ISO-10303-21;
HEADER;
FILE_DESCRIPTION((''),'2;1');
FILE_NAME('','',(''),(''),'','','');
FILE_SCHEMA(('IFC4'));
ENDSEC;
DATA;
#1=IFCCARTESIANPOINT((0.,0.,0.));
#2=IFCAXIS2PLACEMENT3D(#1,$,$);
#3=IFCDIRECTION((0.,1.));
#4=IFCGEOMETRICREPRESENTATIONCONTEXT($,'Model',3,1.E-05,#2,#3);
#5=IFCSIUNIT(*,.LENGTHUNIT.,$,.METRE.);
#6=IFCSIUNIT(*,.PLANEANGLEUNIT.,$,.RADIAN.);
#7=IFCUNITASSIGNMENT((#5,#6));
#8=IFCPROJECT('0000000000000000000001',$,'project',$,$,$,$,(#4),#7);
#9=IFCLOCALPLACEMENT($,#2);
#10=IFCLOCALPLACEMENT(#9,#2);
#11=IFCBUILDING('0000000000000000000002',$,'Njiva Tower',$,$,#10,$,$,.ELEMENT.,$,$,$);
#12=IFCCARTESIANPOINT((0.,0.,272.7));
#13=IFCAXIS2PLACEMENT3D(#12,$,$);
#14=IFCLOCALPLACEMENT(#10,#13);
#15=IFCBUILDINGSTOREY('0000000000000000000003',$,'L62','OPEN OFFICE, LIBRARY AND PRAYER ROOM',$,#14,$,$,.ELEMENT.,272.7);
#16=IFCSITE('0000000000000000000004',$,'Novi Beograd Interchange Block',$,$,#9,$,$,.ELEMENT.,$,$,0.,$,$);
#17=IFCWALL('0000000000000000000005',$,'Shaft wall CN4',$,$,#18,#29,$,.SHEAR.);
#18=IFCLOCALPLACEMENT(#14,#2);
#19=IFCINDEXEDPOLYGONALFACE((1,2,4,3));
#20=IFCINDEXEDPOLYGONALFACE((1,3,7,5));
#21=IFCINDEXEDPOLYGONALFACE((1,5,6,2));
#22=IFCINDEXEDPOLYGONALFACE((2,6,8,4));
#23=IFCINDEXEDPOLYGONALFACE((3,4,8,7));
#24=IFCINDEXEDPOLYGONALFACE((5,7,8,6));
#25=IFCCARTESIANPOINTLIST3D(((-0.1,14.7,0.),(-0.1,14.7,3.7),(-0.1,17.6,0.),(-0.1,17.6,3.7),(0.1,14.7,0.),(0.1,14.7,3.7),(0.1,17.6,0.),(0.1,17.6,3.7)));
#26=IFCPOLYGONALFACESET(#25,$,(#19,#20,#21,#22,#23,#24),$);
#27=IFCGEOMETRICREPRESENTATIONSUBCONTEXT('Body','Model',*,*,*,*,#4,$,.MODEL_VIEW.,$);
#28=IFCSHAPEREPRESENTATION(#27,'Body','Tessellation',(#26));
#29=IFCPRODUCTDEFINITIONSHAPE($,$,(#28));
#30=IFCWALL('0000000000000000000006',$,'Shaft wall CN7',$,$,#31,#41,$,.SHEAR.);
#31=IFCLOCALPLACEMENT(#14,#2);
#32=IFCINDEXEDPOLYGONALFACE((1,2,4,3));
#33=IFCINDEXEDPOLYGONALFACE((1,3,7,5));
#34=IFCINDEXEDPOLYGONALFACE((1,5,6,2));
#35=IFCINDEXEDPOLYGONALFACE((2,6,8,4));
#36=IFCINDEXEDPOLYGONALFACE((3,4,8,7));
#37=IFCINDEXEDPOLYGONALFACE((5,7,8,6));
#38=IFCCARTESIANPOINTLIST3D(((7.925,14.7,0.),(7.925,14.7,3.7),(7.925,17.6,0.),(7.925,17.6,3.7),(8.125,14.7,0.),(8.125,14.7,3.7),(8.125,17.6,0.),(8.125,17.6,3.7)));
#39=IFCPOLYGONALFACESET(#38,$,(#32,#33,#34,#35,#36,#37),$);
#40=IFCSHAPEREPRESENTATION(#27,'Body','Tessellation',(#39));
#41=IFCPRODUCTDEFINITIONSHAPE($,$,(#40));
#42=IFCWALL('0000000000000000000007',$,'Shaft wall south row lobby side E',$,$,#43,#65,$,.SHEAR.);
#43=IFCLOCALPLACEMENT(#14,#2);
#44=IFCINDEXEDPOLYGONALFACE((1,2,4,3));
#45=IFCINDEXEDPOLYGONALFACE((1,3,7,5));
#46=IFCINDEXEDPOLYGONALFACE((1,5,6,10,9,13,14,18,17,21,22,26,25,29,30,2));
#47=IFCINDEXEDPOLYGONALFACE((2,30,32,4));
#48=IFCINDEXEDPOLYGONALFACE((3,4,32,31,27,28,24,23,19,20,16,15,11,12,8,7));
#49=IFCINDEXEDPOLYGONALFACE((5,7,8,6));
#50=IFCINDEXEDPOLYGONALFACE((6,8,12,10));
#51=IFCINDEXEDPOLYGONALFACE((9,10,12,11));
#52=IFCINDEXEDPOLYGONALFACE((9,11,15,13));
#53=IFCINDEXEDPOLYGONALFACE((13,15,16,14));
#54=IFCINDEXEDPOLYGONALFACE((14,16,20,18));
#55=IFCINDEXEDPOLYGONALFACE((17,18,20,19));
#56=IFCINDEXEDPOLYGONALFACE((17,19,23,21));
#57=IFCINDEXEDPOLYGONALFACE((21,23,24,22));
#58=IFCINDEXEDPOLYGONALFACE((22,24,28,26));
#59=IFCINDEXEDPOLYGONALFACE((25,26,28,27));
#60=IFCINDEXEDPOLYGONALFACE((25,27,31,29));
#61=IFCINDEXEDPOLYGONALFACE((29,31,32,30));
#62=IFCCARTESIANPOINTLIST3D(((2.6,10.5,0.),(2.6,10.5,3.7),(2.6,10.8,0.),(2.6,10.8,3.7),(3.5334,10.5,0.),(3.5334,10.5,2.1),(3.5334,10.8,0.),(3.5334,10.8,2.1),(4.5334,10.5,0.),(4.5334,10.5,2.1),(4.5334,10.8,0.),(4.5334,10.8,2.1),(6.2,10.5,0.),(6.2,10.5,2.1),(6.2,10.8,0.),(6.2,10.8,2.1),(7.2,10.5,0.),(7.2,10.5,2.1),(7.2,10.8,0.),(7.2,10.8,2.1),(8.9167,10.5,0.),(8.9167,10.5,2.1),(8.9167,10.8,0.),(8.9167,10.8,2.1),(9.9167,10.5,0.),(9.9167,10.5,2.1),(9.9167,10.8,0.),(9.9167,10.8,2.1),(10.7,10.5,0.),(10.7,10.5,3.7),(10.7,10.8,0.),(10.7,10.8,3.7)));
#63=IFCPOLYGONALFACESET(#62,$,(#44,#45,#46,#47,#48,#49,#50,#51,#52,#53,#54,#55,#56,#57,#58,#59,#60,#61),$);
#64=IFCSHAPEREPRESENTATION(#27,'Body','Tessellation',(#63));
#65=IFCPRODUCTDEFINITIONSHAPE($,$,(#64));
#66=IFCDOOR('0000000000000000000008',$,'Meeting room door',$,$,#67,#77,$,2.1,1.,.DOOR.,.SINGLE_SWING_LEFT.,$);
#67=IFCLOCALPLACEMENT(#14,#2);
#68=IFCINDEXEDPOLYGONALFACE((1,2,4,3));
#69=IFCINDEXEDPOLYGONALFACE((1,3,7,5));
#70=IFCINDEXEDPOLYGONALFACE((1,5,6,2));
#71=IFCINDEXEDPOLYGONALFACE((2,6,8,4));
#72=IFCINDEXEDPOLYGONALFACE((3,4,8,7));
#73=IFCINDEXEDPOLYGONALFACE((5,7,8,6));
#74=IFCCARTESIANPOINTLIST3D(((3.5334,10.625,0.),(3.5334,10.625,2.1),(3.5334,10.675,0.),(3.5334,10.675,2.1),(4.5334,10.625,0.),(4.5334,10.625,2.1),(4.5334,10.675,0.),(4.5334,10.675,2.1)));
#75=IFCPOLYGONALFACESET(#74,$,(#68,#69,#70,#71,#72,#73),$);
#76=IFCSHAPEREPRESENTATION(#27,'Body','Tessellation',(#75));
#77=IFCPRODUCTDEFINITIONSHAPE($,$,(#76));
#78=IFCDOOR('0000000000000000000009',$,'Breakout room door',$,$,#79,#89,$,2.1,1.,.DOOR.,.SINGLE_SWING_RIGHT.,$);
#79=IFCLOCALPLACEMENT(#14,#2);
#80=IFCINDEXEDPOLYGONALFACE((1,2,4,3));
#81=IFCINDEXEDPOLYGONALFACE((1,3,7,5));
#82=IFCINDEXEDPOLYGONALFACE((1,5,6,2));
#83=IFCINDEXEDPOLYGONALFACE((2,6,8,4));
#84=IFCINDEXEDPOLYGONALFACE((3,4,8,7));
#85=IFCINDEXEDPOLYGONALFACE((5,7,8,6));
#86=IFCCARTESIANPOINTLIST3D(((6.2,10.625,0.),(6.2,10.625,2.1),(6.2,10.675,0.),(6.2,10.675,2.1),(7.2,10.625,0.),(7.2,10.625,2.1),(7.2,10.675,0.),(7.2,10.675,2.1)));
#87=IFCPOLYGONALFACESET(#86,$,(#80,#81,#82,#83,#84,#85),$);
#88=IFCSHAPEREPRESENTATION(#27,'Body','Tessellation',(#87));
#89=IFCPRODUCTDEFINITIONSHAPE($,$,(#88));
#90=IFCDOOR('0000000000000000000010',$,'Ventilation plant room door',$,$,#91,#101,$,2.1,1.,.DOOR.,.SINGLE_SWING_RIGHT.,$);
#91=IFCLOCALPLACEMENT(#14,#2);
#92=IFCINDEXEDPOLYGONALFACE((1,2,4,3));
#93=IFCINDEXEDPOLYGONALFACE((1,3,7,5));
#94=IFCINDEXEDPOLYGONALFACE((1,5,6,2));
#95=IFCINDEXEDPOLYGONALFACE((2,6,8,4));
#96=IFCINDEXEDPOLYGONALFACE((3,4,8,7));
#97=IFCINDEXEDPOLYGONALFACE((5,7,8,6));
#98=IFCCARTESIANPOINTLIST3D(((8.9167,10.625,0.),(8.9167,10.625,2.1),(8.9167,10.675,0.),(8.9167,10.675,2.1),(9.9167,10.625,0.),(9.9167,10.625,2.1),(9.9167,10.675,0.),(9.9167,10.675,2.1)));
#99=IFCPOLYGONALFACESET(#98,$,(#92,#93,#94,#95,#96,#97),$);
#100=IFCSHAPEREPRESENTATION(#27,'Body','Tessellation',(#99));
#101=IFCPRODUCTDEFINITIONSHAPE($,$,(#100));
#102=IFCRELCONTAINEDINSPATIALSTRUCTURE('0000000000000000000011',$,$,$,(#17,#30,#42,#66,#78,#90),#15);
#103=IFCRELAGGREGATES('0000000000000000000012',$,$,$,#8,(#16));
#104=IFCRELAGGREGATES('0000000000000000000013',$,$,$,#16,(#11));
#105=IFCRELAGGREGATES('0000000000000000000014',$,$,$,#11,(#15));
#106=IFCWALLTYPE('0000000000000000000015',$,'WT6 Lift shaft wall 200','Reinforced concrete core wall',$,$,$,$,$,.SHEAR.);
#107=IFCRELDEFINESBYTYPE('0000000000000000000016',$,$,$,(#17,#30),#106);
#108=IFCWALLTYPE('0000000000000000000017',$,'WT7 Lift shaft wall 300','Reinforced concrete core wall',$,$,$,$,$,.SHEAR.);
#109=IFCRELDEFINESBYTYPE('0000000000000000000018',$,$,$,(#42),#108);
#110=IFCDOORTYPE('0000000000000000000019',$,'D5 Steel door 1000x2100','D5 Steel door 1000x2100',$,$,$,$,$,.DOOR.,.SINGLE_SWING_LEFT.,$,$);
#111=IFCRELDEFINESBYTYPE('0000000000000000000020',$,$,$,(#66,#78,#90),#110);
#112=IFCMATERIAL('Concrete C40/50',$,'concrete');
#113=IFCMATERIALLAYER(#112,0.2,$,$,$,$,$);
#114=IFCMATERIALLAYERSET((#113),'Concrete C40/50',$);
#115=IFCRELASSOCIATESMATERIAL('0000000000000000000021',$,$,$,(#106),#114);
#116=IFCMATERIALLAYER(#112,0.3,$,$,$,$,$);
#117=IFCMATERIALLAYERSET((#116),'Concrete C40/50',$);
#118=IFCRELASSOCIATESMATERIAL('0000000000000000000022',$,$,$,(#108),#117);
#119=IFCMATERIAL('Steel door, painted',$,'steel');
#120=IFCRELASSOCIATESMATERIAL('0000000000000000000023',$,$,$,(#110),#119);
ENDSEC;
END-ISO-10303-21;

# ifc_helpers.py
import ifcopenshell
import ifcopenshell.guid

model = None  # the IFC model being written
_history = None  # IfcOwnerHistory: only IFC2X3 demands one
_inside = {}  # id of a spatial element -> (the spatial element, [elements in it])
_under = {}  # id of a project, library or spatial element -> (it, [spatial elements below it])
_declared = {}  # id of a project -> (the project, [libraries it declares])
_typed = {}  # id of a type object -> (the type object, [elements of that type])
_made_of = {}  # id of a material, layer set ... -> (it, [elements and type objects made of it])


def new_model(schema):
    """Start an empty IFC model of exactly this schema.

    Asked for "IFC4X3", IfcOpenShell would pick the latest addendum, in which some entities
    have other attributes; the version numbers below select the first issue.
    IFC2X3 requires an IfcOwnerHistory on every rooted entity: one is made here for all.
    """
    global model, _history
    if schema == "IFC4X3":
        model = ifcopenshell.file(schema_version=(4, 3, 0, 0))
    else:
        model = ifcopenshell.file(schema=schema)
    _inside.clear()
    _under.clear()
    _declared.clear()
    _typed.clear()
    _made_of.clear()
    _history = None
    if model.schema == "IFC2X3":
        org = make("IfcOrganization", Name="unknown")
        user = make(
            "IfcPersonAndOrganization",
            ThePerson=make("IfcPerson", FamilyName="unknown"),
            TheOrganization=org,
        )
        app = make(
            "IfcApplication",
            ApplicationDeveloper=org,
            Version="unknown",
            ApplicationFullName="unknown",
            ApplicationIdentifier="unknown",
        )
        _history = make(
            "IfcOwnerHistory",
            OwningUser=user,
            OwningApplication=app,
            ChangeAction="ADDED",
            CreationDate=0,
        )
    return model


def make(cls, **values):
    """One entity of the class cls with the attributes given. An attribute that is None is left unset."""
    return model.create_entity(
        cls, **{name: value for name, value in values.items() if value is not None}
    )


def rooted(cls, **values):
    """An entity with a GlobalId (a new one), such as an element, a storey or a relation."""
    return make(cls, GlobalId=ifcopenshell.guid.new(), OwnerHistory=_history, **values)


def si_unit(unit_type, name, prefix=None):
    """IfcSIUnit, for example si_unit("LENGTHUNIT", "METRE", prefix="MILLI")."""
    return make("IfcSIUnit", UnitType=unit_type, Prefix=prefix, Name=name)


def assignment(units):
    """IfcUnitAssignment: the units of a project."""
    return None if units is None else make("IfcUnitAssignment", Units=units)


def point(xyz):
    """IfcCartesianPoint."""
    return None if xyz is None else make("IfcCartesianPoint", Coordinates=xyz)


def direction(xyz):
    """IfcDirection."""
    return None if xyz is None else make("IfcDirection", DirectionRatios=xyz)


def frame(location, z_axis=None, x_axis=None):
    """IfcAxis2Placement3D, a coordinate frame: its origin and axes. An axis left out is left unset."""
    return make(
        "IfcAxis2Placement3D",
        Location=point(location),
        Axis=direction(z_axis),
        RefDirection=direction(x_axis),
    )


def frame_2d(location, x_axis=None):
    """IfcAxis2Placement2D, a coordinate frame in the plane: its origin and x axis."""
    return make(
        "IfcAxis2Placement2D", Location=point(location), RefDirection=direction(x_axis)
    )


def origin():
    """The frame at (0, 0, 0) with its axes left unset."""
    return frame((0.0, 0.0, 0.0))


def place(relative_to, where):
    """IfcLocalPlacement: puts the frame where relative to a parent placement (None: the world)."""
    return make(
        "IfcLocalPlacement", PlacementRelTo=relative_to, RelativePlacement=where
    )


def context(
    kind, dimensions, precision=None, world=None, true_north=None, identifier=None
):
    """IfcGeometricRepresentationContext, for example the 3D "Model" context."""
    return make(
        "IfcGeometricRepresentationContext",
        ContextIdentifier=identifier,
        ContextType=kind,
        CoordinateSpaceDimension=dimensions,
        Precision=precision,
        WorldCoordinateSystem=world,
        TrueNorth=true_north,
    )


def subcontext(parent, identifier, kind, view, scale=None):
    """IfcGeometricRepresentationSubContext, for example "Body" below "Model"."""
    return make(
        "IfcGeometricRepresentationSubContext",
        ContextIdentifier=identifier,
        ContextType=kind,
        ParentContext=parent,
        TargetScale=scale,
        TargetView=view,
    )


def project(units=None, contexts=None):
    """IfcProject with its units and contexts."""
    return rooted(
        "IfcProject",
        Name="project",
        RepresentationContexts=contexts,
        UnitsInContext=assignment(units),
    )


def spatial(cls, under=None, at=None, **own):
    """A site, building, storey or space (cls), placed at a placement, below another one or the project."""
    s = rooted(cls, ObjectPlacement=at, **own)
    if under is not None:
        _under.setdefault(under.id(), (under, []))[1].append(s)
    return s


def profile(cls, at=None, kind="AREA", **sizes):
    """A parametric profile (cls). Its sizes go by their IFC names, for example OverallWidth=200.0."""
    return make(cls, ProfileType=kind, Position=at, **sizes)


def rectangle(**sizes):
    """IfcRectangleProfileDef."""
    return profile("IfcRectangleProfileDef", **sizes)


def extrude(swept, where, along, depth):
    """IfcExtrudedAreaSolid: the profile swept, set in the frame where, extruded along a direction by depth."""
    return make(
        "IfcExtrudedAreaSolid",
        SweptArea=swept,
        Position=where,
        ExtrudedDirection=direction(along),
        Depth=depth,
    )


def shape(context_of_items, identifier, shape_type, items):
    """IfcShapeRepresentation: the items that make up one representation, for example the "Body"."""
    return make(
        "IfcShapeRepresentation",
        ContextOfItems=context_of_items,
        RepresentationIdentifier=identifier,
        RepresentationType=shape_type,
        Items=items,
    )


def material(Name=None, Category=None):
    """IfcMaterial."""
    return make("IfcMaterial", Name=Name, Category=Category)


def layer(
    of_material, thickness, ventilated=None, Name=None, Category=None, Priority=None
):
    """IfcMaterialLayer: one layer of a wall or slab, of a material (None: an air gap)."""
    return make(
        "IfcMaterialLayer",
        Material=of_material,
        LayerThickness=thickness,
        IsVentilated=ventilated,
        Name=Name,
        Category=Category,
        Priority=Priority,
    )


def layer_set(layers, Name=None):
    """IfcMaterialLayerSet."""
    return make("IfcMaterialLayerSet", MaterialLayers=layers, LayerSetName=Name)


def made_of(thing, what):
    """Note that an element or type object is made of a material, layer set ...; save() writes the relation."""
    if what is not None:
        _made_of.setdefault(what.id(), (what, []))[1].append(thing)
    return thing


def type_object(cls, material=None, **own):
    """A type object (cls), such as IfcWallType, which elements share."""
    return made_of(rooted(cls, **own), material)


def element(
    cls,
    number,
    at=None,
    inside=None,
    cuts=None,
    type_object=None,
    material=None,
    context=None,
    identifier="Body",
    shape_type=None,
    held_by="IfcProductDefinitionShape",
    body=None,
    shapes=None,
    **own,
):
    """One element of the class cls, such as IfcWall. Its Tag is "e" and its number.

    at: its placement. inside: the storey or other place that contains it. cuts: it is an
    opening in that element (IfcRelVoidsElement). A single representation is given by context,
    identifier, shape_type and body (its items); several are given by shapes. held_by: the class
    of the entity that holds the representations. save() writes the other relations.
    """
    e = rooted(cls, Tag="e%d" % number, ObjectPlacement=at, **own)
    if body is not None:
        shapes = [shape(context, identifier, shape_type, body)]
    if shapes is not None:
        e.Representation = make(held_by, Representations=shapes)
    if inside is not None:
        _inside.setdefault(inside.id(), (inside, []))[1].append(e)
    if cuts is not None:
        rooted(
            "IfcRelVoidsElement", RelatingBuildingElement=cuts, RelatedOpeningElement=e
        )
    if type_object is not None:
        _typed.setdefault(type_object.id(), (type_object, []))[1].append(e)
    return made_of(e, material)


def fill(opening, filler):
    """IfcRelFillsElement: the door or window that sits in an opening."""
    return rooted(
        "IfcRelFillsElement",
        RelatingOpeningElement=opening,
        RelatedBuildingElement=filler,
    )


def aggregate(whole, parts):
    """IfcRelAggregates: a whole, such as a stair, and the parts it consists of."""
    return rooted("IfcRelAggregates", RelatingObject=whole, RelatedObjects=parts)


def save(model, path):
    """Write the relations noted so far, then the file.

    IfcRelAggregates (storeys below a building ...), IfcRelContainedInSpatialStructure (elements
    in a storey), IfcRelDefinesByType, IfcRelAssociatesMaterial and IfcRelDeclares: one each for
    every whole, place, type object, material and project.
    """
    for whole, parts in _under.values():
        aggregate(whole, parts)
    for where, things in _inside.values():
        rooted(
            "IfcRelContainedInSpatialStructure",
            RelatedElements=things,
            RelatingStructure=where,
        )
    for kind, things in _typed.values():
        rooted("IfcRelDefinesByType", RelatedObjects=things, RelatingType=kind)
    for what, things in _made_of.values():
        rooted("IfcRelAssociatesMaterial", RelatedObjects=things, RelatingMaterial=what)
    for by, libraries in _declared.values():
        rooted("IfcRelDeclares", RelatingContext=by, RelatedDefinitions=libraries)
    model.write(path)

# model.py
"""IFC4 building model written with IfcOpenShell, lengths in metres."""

from ifc_helpers import new_model, si_unit, direction, frame, frame_2d, origin, place, context, subcontext, project, spatial, rectangle, extrude, material, layer, layer_set, type_object, element, fill, save


model = new_model("IFC4")

# Units and contexts
model_context = context("Model", 3, precision=1e-05, world=origin(), true_north=direction((0.0, 1.0)))
body_context = subcontext(model_context, "Body", "Model", "MODEL_VIEW")
ifc_project = project(units=[si_unit("LENGTHUNIT", "METRE"), si_unit("PLANEANGLEUNIT", "RADIAN")], contexts=[model_context])

# Site, building, storey
site_placement = place(None, origin())
site = spatial("IfcSite", under=ifc_project, at=site_placement, Name="Novi Beograd Interchange Block", CompositionType="ELEMENT", RefElevation=0.0)
building_placement = place(site_placement, origin())
building = spatial("IfcBuilding", under=site, at=building_placement, Name="Njiva Tower", CompositionType="ELEMENT")
storey_placement = place(building_placement, frame((0.0, 0.0, 272.7)))
storey = spatial("IfcBuildingStorey", under=building, at=storey_placement, Name="L62", Description="OPEN OFFICE, LIBRARY AND PRAYER ROOM", CompositionType="ELEMENT", Elevation=272.7)

# Shared definitions
ifc_material_1 = material(Name="Concrete C40/50", Category="concrete")

# Walls
ifc_layer_1 = layer(ifc_material_1, 0.2)
ifc_layer_set_1 = layer_set([ifc_layer_1], Name="Concrete C40/50")
wall_type_1 = type_object("IfcWallType", Name="WT6 Lift shaft wall 200", Description="Reinforced concrete core wall", PredefinedType="SHEAR", material=ifc_layer_set_1)
for number, where, z_axis, x_axis, name in (
    (1, (0.0, 14.7, 0.0), (0.0, 0.0, 1.0), (0.0, 1.0, 0.0), "Shaft wall CN4"),
    (2, (8.025, 14.7, 0.0), (0.0, 0.0, 1.0), (0.0, 1.0, 0.0), "Shaft wall CN7"),
):
    element("IfcWall", number, at=place(storey_placement, frame(where, z_axis=z_axis, x_axis=x_axis)), inside=storey, type_object=wall_type_1, Name=name, PredefinedType="SHEAR", context=body_context, shape_type="SweptSolid", body=[
        extrude(rectangle(XDim=2.9, YDim=0.2, at=frame_2d((1.45, 0.0))), origin(), (0.0, 0.0, 1.0), 3.7),
    ])

# Wall, openings, doors
ifc_layer_2 = layer(ifc_material_1, 0.3)
ifc_layer_set_2 = layer_set([ifc_layer_2], Name="Concrete C40/50")
wall_type_2 = type_object("IfcWallType", Name="WT7 Lift shaft wall 300", Description="Reinforced concrete core wall", PredefinedType="SHEAR", material=ifc_layer_set_2)
wall_1_placement = place(storey_placement, frame((2.6, 10.65, 0.0), z_axis=(0.0, 0.0, 1.0), x_axis=(1.0, 0.0, 0.0)))
wall_1 = element("IfcWall", 3, at=wall_1_placement, inside=storey, type_object=wall_type_2, Name="Shaft wall south row lobby side E", PredefinedType="SHEAR", context=body_context, shape_type="SweptSolid", body=[
    extrude(rectangle(XDim=8.1, YDim=0.3, at=frame_2d((4.05, 0.0))), origin(), (0.0, 0.0, 1.0), 3.7),
])
opening_1_placement = place(wall_1_placement, frame((0.9334, 0.0, 0.0)))
opening_1 = element("IfcOpeningElement", 4, at=opening_1_placement, cuts=wall_1, PredefinedType="OPENING", context=body_context, shape_type="SweptSolid", body=[
    extrude(rectangle(XDim=1.0, YDim=2.1, at=frame_2d((0.5, 1.05))), frame((0.0, 0.16, 0.0), z_axis=(0.0, -1.0, 0.0), x_axis=(1.0, 0.0, 0.0)), (0.0, 0.0, 1.0), 0.32),
])
opening_2_placement = place(wall_1_placement, frame((3.6, 0.0, 0.0)))
opening_2 = element("IfcOpeningElement", 5, at=opening_2_placement, cuts=wall_1, PredefinedType="OPENING", context=body_context, shape_type="SweptSolid", body=[
    extrude(rectangle(XDim=1.0, YDim=2.1, at=frame_2d((0.5, 1.05))), frame((0.0, 0.16, 0.0), z_axis=(0.0, -1.0, 0.0), x_axis=(1.0, 0.0, 0.0)), (0.0, 0.0, 1.0), 0.32),
])
opening_3_placement = place(wall_1_placement, frame((6.3167, 0.0, 0.0)))
opening_3 = element("IfcOpeningElement", 6, at=opening_3_placement, cuts=wall_1, PredefinedType="OPENING", context=body_context, shape_type="SweptSolid", body=[
    extrude(rectangle(XDim=1.0, YDim=2.1, at=frame_2d((0.5, 1.05))), frame((0.0, 0.16, 0.0), z_axis=(0.0, -1.0, 0.0), x_axis=(1.0, 0.0, 0.0)), (0.0, 0.0, 1.0), 0.32),
])
ifc_material_2 = material(Name="Steel door, painted", Category="steel")
door_type_1 = type_object("IfcDoorType", Name="D5 Steel door 1000x2100", Description="D5 Steel door 1000x2100", OperationType="SINGLE_SWING_LEFT", PredefinedType="DOOR", material=ifc_material_2)
door_1_placement = place(opening_1_placement, origin())
door_1 = element("IfcDoor", 7, at=door_1_placement, inside=storey, type_object=door_type_1, Name="Meeting room door", OperationType="SINGLE_SWING_LEFT", OverallHeight=2.1, OverallWidth=1.0, PredefinedType="DOOR", context=body_context, shape_type="SweptSolid", body=[
    extrude(rectangle(XDim=1.0, YDim=2.1, at=frame_2d((0.5, 1.05))), frame((0.0, 0.025, 0.0), z_axis=(0.0, -1.0, 0.0), x_axis=(1.0, 0.0, 0.0)), (0.0, 0.0, 1.0), 0.05),
])
fill(opening_1, door_1)
door_2_placement = place(opening_2_placement, origin())
door_2 = element("IfcDoor", 8, at=door_2_placement, inside=storey, type_object=door_type_1, Name="Breakout room door", OperationType="SINGLE_SWING_RIGHT", OverallHeight=2.1, OverallWidth=1.0, PredefinedType="DOOR", context=body_context, shape_type="SweptSolid", body=[
    extrude(rectangle(XDim=1.0, YDim=2.1, at=frame_2d((0.5, 1.05))), frame((0.0, 0.025, 0.0), z_axis=(0.0, -1.0, 0.0), x_axis=(1.0, 0.0, 0.0)), (0.0, 0.0, 1.0), 0.05),
])
fill(opening_2, door_2)
door_3_placement = place(opening_3_placement, origin())
door_3 = element("IfcDoor", 9, at=door_3_placement, inside=storey, type_object=door_type_1, Name="Ventilation plant room door", OperationType="SINGLE_SWING_RIGHT", OverallHeight=2.1, OverallWidth=1.0, PredefinedType="DOOR", context=body_context, shape_type="SweptSolid", body=[
    extrude(rectangle(XDim=1.0, YDim=2.1, at=frame_2d((0.5, 1.05))), frame((0.0, 0.025, 0.0), z_axis=(0.0, -1.0, 0.0), x_axis=(1.0, 0.0, 0.0)), (0.0, 0.0, 1.0), 0.05),
])
fill(opening_3, door_3)

save(model, "model.ifc")
